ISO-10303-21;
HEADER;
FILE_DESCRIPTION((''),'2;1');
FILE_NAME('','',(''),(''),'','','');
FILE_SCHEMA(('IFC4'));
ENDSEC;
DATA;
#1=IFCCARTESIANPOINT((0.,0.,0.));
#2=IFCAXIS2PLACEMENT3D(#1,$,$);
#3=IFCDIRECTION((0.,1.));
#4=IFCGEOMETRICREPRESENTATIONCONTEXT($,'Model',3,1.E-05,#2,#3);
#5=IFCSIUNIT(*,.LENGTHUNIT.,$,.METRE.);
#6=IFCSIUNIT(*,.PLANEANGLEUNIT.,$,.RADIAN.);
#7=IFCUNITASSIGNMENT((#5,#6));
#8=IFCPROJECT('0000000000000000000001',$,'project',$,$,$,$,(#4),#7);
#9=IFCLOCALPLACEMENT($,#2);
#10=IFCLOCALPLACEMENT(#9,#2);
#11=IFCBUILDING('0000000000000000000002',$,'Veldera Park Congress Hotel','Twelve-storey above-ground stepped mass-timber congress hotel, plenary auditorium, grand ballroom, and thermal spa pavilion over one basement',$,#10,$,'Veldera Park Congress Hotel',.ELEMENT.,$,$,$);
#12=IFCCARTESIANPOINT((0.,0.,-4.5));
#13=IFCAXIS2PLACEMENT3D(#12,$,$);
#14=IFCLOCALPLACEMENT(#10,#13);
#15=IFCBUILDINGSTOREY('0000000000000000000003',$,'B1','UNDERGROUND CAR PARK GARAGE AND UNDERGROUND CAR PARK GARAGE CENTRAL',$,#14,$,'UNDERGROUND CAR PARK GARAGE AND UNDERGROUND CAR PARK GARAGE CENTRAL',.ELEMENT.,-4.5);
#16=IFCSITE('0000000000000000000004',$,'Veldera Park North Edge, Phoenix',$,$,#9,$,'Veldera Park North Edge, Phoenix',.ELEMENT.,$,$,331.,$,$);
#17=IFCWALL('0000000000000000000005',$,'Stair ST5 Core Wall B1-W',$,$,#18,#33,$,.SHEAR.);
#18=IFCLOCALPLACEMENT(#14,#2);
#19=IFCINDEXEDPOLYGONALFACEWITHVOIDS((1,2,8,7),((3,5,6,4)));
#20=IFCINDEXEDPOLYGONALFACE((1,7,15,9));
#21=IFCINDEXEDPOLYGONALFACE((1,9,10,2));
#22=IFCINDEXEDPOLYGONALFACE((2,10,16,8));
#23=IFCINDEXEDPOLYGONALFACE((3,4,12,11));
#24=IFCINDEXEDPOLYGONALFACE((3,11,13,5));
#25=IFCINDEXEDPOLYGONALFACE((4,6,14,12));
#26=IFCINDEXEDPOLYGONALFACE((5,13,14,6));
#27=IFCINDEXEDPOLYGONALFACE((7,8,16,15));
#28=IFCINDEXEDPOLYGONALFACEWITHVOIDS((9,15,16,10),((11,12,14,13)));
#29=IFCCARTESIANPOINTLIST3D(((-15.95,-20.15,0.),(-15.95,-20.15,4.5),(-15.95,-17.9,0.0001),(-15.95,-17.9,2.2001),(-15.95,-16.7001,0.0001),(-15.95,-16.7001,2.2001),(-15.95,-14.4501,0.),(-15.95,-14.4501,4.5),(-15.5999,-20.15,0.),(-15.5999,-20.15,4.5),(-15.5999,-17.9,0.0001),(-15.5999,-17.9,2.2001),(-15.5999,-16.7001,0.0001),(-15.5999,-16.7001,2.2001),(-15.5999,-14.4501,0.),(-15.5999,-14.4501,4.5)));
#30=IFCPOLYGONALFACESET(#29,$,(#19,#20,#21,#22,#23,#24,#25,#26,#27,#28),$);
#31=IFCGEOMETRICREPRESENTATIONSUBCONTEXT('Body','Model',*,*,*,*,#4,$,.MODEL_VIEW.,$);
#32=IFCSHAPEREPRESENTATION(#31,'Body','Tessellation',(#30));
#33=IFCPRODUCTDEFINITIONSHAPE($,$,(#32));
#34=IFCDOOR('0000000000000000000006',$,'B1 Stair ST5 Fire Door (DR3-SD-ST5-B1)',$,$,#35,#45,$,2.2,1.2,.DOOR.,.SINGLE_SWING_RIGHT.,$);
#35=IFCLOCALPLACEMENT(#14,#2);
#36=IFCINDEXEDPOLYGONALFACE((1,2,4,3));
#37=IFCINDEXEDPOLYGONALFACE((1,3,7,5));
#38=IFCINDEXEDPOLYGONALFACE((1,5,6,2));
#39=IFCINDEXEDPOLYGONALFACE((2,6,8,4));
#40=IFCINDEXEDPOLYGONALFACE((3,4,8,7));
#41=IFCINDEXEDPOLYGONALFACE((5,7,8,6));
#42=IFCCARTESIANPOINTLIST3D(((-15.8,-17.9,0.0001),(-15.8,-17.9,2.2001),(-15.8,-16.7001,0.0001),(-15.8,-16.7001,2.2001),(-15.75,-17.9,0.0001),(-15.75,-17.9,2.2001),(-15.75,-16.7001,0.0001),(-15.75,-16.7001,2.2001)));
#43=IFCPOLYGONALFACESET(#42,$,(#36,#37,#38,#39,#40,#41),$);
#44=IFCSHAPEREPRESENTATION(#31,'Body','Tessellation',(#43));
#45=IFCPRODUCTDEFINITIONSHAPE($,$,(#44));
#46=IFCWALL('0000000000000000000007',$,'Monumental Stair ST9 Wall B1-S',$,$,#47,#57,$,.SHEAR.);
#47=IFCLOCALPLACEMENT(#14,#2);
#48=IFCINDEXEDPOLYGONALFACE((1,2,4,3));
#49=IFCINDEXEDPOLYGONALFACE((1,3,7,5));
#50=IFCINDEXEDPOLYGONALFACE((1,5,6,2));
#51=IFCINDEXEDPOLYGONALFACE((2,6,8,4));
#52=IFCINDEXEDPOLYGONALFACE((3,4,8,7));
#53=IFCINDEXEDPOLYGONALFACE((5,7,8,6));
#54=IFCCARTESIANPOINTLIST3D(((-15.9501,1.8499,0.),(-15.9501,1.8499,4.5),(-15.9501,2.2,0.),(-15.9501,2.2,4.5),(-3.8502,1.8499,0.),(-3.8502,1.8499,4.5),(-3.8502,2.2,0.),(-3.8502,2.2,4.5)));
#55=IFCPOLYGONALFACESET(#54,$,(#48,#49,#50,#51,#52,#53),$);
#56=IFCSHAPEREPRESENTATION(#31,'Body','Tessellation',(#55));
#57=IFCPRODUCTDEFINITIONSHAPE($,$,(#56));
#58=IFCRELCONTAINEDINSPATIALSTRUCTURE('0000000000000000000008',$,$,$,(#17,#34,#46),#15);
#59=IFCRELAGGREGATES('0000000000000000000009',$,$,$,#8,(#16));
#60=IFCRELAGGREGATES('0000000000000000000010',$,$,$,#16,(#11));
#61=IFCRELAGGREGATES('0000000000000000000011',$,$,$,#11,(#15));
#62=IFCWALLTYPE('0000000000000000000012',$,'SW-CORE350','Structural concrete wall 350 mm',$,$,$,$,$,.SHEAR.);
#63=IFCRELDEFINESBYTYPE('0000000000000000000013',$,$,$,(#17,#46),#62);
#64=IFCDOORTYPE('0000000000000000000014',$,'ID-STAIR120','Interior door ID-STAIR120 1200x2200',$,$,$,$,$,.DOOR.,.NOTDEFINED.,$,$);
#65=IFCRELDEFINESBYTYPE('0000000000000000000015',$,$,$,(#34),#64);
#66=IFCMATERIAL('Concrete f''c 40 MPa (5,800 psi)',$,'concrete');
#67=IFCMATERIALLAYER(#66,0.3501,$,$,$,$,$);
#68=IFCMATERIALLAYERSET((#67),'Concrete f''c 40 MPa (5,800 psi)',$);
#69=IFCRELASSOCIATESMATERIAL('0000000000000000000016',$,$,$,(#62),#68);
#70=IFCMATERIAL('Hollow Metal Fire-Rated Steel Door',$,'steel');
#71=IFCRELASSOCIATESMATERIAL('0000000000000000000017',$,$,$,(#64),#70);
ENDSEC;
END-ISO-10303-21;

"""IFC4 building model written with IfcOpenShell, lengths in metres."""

from ifc_helpers import new_model, si_unit, direction, frame, frame_2d, origin, place, context, subcontext, project, spatial, rectangle, extrude, material, layer, layer_set, type_object, element, fill, save


model = new_model("IFC4")

# Units and contexts
model_context = context("Model", 3, precision=1e-05, world=origin(), true_north=direction((0.0, 1.0)))
body_context = subcontext(model_context, "Body", "Model", "MODEL_VIEW")
ifc_project = project(units=[si_unit("LENGTHUNIT", "METRE"), si_unit("PLANEANGLEUNIT", "RADIAN")], contexts=[model_context])

# Site, building, storey
site_placement = place(None, origin())
site = spatial("IfcSite", under=ifc_project, at=site_placement, Name="Veldera Park North Edge, Phoenix", LongName="Veldera Park North Edge, Phoenix", CompositionType="ELEMENT", RefElevation=331.0)
building_placement = place(site_placement, origin())
building = spatial("IfcBuilding", under=site, at=building_placement, Name="Veldera Park Congress Hotel", Description="Twelve-storey above-ground stepped mass-timber congress hotel, plenary auditorium, grand ballroom, and thermal spa pavilion over one basement", LongName="Veldera Park Congress Hotel", CompositionType="ELEMENT")
storey_placement = place(building_placement, frame((0.0, 0.0, -4.5)))
storey = spatial("IfcBuildingStorey", under=building, at=storey_placement, Name="B1", Description="UNDERGROUND CAR PARK GARAGE AND UNDERGROUND CAR PARK GARAGE CENTRAL", LongName="UNDERGROUND CAR PARK GARAGE AND UNDERGROUND CAR PARK GARAGE CENTRAL", CompositionType="ELEMENT", Elevation=-4.5)

# Shared definitions
ifc_material_1 = material(Name="Concrete f'c 40 MPa (5,800 psi)", Category="concrete")

# Wall, opening, door
ifc_layer_1 = layer(ifc_material_1, 0.3501)
ifc_layer_set_1 = layer_set([ifc_layer_1], Name="Concrete f'c 40 MPa (5,800 psi)")
wall_type = type_object("IfcWallType", Name="SW-CORE350", Description="Structural concrete wall 350 mm", PredefinedType="SHEAR", material=ifc_layer_set_1)
wall_1_placement = place(storey_placement, frame((-15.7749, -14.45, 0.0), z_axis=(0.0, 0.0, 1.0), x_axis=(0.0, -1.0, 0.0)))
wall_1 = element("IfcWall", 1, at=wall_1_placement, inside=storey, type_object=wall_type, Name="Stair ST5 Core Wall B1-W", PredefinedType="SHEAR", context=body_context, shape_type="SweptSolid", body=[
    extrude(rectangle(XDim=5.7, YDim=0.3501, at=frame_2d((2.8501, 0.0))), origin(), (0.0, 0.0, 1.0), 4.5),
])
opening_placement = place(wall_1_placement, frame((2.25, 0.0, 0.0)))
opening = element("IfcOpeningElement", 2, at=opening_placement, cuts=wall_1, PredefinedType="OPENING", context=body_context, shape_type="SweptSolid", body=[
    extrude(rectangle(XDim=1.2, YDim=2.2, at=frame_2d((0.6001, 1.1001))), frame((0.0, 0.187, 0.0), z_axis=(0.0, -1.0, 0.0), x_axis=(1.0, 0.0, 0.0)), (0.0, 0.0, 1.0), 0.374),
])
ifc_material_2 = material(Name="Hollow Metal Fire-Rated Steel Door", Category="steel")
door_type = type_object("IfcDoorType", Name="ID-STAIR120", Description="Interior door ID-STAIR120 1200x2200", OperationType="NOTDEFINED", PredefinedType="DOOR", material=ifc_material_2)
door_placement = place(opening_placement, origin())
door = element("IfcDoor", 3, at=door_placement, inside=storey, type_object=door_type, Name="B1 Stair ST5 Fire Door (DR3-SD-ST5-B1)", OperationType="SINGLE_SWING_RIGHT", OverallHeight=2.2, OverallWidth=1.2, PredefinedType="DOOR", context=body_context, shape_type="SweptSolid", body=[
    extrude(rectangle(XDim=1.2, YDim=2.2, at=frame_2d((0.6001, 1.1001))), frame((0.0, 0.0249, 0.0), z_axis=(0.0, -1.0, 0.0), x_axis=(1.0, 0.0, 0.0)), (0.0, 0.0, 1.0), 0.05),
])
fill(opening, door)

# Wall
wall_2_placement = place(storey_placement, frame((-15.95, 2.0249, 0.0), z_axis=(0.0, 0.0, 1.0), x_axis=(1.0, 0.0, 0.0)))
element("IfcWall", 4, at=wall_2_placement, inside=storey, type_object=wall_type, Name="Monumental Stair ST9 Wall B1-S", PredefinedType="SHEAR", context=body_context, shape_type="SweptSolid", body=[
    extrude(rectangle(XDim=12.0999, YDim=0.3501, at=frame_2d((6.0498, 0.0))), origin(), (0.0, 0.0, 1.0), 4.5),
])

save(model, "model.ifc")
